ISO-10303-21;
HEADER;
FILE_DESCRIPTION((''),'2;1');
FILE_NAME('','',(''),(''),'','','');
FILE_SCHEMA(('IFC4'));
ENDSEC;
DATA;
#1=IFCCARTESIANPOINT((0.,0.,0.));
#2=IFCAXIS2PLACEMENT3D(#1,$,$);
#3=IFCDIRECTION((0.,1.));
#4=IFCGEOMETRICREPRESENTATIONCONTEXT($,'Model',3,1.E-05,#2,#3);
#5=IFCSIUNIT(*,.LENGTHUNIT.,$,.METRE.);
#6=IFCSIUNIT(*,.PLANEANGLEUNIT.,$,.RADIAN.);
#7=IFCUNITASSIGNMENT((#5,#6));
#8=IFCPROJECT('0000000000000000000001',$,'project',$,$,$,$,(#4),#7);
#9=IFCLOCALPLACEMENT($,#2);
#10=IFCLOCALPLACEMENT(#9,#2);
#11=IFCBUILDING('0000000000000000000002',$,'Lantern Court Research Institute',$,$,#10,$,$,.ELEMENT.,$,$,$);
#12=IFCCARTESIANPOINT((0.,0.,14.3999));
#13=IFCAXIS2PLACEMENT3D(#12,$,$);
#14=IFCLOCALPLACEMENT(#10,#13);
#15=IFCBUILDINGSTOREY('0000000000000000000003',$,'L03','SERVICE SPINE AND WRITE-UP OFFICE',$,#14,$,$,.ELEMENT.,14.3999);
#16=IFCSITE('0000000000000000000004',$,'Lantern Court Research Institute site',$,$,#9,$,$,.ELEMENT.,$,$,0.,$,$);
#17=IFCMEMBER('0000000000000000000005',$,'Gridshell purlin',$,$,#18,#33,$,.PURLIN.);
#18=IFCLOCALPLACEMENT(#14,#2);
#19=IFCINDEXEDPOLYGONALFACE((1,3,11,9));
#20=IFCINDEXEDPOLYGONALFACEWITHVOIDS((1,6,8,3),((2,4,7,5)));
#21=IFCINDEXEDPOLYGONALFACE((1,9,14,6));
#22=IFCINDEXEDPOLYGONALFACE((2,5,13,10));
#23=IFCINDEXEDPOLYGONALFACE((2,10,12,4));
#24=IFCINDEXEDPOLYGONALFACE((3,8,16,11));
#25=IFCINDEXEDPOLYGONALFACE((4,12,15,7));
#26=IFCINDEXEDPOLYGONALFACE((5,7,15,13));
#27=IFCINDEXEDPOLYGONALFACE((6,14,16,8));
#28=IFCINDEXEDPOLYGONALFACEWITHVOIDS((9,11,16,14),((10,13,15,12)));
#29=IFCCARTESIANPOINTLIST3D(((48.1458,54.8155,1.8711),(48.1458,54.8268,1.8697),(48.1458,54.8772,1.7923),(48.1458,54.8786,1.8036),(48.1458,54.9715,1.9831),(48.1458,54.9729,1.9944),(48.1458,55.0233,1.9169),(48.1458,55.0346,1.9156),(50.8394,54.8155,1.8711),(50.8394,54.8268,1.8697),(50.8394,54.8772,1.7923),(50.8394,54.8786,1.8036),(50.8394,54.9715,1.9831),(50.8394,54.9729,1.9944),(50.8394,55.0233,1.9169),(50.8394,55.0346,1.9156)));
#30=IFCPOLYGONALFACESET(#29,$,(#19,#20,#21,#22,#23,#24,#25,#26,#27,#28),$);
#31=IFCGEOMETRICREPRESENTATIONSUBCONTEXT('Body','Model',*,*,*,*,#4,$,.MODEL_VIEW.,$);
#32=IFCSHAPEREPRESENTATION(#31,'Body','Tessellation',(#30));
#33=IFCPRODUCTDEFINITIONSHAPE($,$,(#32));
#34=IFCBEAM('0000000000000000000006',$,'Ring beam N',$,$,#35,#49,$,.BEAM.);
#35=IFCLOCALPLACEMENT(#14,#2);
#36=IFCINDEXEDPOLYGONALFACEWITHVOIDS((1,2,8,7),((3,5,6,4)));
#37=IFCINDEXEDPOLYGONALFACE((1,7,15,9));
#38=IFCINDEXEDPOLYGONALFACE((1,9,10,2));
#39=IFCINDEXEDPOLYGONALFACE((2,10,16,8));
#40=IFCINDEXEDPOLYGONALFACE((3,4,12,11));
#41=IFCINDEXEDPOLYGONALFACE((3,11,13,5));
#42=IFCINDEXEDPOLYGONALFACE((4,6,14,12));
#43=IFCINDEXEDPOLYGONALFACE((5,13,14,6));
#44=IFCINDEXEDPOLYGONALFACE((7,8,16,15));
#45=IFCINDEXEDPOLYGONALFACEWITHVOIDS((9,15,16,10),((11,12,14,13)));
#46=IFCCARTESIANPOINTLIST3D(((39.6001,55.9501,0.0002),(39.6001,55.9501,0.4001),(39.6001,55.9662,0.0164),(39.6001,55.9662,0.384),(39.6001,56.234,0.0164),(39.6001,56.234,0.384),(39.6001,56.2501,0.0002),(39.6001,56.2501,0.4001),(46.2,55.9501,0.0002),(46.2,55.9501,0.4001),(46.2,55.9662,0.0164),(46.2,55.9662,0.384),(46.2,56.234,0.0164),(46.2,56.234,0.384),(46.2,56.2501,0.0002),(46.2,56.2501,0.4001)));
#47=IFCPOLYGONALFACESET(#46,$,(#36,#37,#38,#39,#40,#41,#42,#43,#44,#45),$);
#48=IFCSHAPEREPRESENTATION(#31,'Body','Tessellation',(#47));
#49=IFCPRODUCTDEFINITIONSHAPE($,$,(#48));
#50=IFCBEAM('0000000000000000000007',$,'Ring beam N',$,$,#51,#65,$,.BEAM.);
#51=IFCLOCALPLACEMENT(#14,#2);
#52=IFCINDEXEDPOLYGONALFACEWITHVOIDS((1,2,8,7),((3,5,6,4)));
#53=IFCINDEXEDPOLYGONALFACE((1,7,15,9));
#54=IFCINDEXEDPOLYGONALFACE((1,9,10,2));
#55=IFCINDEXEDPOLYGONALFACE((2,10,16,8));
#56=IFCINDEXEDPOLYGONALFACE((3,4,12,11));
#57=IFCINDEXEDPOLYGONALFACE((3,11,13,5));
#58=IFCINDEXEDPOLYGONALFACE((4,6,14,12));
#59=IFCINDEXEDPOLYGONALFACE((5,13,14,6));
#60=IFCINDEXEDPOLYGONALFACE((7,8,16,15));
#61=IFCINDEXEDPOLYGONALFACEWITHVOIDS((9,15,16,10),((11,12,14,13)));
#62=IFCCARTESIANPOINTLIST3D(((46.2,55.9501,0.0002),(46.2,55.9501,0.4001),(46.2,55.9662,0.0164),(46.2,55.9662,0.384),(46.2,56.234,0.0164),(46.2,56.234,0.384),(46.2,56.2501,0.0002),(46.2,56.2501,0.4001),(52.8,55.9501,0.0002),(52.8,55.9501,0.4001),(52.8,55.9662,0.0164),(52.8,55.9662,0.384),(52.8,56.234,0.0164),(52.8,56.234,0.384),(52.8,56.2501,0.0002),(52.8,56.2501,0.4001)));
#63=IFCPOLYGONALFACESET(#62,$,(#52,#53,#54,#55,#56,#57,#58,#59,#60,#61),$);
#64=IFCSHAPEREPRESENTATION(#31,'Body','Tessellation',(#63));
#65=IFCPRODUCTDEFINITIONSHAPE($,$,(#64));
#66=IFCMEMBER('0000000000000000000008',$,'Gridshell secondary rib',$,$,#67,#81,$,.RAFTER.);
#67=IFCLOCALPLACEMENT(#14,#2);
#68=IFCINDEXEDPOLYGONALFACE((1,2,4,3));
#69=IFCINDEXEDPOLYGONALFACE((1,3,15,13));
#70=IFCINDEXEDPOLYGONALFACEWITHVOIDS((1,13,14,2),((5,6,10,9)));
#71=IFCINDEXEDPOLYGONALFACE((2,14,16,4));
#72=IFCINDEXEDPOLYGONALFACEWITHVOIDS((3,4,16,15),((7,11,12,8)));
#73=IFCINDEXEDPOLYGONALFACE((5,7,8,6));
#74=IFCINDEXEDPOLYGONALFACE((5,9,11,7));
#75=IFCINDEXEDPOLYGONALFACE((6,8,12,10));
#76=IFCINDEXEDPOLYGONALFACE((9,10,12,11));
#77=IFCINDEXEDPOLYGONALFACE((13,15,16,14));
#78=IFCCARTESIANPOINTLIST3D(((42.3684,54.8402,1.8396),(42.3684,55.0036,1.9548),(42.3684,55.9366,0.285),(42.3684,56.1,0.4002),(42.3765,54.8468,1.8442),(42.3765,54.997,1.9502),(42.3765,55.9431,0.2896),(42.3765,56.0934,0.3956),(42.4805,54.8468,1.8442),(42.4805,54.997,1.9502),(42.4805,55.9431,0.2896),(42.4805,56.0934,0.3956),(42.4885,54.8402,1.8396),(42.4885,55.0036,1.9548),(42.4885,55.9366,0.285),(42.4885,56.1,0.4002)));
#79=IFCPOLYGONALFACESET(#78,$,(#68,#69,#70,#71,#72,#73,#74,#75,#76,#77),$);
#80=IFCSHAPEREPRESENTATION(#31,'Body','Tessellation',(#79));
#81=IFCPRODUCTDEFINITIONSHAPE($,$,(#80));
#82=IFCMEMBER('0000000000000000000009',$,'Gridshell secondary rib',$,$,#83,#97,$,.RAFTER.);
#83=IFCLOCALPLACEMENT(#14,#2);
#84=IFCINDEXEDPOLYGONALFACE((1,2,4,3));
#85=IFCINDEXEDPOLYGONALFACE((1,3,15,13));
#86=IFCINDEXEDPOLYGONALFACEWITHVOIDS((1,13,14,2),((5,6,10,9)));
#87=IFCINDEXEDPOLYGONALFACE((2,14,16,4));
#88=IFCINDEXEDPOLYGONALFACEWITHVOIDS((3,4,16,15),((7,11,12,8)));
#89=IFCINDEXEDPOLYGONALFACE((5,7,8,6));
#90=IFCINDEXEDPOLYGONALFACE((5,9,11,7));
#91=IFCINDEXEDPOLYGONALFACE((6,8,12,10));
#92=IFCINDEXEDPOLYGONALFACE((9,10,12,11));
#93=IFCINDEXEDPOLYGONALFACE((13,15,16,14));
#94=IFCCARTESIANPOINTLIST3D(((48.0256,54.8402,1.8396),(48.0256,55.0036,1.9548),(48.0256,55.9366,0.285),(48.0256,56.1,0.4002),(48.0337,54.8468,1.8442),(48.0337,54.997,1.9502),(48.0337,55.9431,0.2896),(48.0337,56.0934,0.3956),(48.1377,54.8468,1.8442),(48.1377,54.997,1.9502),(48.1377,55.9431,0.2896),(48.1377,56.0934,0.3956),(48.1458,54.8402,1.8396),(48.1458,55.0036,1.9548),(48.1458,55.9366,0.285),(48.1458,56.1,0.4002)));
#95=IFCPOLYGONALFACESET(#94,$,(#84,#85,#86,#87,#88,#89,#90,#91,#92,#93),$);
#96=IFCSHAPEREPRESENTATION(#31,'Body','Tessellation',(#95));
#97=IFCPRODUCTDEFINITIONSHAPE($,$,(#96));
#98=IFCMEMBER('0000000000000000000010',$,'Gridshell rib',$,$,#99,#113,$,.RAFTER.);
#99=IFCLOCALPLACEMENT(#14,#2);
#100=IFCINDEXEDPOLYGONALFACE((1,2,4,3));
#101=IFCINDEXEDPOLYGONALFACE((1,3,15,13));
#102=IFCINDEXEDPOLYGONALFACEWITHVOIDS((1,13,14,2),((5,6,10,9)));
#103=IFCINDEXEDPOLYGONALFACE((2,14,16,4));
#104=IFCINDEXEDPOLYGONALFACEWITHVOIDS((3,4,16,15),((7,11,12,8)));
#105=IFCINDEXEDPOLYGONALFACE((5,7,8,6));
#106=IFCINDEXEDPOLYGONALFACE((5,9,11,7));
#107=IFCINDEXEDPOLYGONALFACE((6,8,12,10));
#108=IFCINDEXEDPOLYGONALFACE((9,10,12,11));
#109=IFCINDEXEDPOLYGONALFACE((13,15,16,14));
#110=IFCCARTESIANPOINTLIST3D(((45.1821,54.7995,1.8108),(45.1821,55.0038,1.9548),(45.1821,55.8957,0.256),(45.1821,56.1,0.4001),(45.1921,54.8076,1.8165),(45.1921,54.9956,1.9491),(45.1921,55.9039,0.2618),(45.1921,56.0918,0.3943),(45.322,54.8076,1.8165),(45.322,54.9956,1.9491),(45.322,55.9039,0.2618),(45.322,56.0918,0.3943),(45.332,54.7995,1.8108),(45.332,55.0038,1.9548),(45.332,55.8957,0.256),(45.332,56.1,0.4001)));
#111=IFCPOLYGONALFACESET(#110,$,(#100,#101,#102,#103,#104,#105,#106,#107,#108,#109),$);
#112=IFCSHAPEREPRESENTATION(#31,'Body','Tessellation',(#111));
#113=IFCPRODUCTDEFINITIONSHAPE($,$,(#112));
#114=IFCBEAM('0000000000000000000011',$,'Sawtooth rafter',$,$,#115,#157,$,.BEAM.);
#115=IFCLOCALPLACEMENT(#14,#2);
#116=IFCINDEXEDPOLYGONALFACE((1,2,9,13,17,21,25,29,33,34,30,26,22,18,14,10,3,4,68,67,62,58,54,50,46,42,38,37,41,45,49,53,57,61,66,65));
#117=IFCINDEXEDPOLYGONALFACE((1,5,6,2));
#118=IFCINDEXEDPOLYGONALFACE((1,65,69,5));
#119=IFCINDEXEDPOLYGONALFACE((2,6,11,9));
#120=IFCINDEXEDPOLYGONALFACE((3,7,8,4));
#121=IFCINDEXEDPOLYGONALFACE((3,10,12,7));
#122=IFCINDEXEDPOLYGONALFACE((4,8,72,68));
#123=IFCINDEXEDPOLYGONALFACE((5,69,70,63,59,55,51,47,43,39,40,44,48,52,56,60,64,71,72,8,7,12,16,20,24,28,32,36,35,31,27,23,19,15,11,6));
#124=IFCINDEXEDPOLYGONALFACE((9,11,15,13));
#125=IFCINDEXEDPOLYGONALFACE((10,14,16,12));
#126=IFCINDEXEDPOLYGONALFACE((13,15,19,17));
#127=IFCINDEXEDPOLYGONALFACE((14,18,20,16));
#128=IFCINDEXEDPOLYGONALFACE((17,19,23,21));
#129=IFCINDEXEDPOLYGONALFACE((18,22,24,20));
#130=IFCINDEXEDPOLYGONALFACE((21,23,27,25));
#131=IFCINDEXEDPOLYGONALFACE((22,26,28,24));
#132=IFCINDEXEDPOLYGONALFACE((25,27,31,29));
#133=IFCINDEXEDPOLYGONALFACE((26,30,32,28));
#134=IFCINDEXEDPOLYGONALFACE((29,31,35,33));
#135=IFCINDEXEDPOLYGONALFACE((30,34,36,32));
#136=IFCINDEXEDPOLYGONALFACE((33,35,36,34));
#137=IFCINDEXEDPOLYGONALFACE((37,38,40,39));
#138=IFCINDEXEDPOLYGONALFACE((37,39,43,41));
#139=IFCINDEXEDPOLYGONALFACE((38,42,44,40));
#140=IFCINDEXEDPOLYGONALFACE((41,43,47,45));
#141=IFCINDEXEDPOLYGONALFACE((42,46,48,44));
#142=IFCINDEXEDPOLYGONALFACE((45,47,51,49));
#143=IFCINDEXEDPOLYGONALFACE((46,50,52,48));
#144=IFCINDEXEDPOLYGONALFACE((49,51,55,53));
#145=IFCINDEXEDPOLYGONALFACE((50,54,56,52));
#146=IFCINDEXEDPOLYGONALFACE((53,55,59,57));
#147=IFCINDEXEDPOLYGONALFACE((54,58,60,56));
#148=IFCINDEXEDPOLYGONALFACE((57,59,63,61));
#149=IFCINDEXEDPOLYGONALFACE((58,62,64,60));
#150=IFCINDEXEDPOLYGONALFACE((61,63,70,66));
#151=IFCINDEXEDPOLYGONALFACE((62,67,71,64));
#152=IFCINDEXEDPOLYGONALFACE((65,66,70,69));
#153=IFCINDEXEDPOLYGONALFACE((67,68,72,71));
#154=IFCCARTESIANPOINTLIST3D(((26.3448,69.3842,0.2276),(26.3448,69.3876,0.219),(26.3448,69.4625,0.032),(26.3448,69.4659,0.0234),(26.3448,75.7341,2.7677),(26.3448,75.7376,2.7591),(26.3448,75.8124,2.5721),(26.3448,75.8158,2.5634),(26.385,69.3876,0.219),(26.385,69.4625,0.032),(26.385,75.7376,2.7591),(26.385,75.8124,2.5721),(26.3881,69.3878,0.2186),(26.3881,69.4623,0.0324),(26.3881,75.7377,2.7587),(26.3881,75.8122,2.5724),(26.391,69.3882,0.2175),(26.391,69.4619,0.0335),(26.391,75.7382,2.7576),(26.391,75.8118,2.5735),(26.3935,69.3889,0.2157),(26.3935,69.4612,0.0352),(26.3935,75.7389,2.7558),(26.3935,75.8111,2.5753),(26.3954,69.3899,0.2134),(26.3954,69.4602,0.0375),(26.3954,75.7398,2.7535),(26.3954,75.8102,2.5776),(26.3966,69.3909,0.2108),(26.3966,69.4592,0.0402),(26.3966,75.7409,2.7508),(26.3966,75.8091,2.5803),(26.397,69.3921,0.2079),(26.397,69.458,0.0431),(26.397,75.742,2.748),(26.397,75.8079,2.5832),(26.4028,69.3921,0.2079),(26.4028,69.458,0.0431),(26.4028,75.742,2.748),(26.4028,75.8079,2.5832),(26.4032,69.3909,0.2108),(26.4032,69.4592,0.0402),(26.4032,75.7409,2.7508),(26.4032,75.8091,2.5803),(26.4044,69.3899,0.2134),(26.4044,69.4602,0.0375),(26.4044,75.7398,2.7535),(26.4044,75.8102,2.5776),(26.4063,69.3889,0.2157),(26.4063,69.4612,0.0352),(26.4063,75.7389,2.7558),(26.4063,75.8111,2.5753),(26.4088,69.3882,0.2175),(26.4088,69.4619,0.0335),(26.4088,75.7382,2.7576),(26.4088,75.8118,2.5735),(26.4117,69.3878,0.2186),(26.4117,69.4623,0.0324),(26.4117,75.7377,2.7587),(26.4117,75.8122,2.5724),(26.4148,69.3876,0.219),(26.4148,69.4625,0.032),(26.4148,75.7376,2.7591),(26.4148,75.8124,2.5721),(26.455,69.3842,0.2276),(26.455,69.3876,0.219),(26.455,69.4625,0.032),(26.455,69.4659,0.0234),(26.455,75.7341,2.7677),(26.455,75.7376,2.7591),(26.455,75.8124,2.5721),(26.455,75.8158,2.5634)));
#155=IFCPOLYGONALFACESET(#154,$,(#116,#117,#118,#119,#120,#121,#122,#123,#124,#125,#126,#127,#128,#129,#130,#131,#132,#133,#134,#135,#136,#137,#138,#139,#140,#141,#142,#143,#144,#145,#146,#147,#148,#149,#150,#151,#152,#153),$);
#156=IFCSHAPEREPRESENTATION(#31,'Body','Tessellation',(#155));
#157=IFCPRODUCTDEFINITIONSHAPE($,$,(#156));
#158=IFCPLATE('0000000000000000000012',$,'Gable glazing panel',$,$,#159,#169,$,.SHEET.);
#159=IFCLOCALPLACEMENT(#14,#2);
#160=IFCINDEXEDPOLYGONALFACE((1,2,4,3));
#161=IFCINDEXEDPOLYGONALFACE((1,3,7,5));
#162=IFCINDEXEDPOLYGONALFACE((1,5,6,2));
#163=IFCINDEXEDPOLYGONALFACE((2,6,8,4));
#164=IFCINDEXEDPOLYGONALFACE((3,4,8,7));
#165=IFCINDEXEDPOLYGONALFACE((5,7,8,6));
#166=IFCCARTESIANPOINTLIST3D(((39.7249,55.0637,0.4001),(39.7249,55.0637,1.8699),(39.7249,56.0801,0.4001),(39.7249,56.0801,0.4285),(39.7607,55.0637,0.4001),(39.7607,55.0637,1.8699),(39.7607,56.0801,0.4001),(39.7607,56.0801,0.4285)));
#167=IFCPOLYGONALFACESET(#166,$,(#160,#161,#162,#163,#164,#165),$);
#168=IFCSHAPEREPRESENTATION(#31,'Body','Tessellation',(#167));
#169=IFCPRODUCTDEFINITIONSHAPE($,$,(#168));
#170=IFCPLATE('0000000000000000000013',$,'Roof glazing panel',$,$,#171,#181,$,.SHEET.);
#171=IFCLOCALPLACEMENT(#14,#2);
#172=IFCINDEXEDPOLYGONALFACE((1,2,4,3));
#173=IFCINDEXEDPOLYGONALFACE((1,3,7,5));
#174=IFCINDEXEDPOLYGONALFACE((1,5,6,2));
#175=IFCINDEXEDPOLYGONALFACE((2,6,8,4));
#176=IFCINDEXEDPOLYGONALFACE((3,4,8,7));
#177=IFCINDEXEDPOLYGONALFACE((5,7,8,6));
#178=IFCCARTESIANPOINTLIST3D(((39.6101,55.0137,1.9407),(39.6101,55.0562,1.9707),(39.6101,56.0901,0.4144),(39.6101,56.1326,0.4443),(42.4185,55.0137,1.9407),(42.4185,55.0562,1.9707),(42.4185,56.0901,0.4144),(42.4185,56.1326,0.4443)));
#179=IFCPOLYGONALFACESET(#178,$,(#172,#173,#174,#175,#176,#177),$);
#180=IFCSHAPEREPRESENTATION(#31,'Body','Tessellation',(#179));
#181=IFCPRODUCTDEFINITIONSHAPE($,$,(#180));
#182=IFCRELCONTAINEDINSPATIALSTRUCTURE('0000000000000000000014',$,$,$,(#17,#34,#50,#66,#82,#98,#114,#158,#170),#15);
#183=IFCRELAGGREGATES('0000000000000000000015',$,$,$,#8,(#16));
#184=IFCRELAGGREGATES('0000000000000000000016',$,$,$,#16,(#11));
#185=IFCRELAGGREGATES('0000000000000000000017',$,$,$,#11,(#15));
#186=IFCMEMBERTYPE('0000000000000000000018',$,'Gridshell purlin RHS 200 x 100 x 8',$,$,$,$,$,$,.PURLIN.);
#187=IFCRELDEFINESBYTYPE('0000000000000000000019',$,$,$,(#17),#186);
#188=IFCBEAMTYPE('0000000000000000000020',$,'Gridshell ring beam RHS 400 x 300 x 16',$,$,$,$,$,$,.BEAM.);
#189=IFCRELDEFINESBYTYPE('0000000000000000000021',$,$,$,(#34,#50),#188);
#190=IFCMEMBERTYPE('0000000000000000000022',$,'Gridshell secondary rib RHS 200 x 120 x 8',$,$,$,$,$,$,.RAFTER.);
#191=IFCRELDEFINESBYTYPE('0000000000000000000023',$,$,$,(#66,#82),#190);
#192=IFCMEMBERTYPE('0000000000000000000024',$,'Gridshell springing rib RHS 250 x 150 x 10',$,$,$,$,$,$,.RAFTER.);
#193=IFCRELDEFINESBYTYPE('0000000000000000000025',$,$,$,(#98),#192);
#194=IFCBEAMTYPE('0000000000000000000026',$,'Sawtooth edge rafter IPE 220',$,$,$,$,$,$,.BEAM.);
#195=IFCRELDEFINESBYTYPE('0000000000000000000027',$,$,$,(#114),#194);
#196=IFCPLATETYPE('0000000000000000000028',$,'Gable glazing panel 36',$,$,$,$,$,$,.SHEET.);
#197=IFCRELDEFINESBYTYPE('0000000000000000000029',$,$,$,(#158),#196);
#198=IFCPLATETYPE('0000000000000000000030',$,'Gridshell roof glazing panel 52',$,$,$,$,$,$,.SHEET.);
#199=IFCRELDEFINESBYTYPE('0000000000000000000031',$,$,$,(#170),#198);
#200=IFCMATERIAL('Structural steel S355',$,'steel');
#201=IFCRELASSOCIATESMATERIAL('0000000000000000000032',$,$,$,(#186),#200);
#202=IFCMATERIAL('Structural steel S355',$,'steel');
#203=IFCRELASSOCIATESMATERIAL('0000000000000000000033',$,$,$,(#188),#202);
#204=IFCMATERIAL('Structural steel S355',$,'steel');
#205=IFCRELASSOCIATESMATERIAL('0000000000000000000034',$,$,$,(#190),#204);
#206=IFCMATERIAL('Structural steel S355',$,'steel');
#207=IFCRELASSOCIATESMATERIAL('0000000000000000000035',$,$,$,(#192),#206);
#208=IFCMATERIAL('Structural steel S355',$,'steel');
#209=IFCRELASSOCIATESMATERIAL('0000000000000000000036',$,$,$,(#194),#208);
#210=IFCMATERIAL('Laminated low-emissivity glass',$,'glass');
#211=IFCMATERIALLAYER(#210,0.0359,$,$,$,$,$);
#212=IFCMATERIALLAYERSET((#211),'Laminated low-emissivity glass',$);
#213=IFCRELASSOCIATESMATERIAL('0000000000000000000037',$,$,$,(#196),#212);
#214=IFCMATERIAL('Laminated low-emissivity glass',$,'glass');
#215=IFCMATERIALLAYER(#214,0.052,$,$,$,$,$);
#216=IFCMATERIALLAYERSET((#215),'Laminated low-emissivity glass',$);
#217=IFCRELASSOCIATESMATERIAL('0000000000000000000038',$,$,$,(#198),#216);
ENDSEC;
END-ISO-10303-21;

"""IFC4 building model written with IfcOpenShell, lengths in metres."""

from ifc_helpers import new_model, si_unit, direction, frame, origin, origin_2d, place, context, subcontext, project, spatial, polyline, hollow_rectangle, i_section, outline, extrude, material, layer, layer_set, material_profile, profile_set, type_object, element, save


model = new_model("IFC4")

# Units and contexts
model_context = context("Model", 3, precision=1e-05, world=origin(), true_north=direction((0.0, 1.0)))
body_context = subcontext(model_context, "Body", "Model", "MODEL_VIEW")
ifc_project = project(units=[si_unit("LENGTHUNIT", "METRE"), si_unit("PLANEANGLEUNIT", "RADIAN")], contexts=[model_context])

# Site, building, storey
site_placement = place(None, origin())
site = spatial("IfcSite", under=ifc_project, at=site_placement, Name="Lantern Court Research Institute site", CompositionType="ELEMENT", RefElevation=0.0)
building_placement = place(site_placement, origin())
building = spatial("IfcBuilding", under=site, at=building_placement, Name="Lantern Court Research Institute", CompositionType="ELEMENT")
storey_placement = place(building_placement, frame((0.0, 0.0, 14.3999)))
storey = spatial("IfcBuildingStorey", under=building, at=storey_placement, Name="L03", Description="SERVICE SPINE AND WRITE-UP OFFICE", CompositionType="ELEMENT", Elevation=14.3999)

# Member
ifc_material_1 = material(Name="Structural steel S355", Category="steel")
ifc_material_profile_1 = material_profile(ifc_material_1, hollow_rectangle(XDim=0.1001, YDim=0.2, WallThickness=0.0081, at=origin_2d()), Name="Gridshell purlin RHS 200 x 100 x 8")
ifc_profile_set_1 = profile_set([ifc_material_profile_1], Name="Structural steel S355")
member_type_1 = type_object("IfcMemberType", Name="Gridshell purlin RHS 200 x 100 x 8", PredefinedType="PURLIN", material=ifc_profile_set_1)
for number, where, z_axis, x_axis, name in (
    (1, (48.1458, 54.925, 1.8933), (1.0, 0.0, 0.0), (0.0, 0.616657, -0.787232), "Gridshell purlin"),
):
    element("IfcMember", number, at=place(storey_placement, frame(where, z_axis=z_axis, x_axis=x_axis)), inside=storey, type_object=member_type_1, Name=name, PredefinedType="PURLIN", context=body_context, shape_type="SweptSolid", body=[
        extrude(hollow_rectangle(XDim=0.1001, YDim=0.2, WallThickness=0.0081, at=origin_2d()), origin(), (0.0, 0.0, 1.0), 2.6936),
    ])

# Beams
ifc_material_2 = material(Name="Structural steel S355", Category="steel")
ifc_material_profile_2 = material_profile(ifc_material_2, hollow_rectangle(XDim=0.3, YDim=0.3999, WallThickness=0.0161, at=origin_2d()), Name="Gridshell ring beam RHS 400 x 300 x 16")
ifc_profile_set_2 = profile_set([ifc_material_profile_2], Name="Structural steel S355")
beam_type_1 = type_object("IfcBeamType", Name="Gridshell ring beam RHS 400 x 300 x 16", PredefinedType="BEAM", material=ifc_profile_set_2)
beam_1_placement = place(storey_placement, frame((39.6001, 56.1001, 0.2002), z_axis=(1.0, 0.0, 0.0), x_axis=(0.0, 1.0, 0.0)))
element("IfcBeam", 2, at=beam_1_placement, inside=storey, type_object=beam_type_1, Name="Ring beam N", PredefinedType="BEAM", context=body_context, shape_type="SweptSolid", body=[
    extrude(hollow_rectangle(XDim=0.3, YDim=0.3999, WallThickness=0.0161, at=origin_2d()), origin(), (0.0, 0.0, 1.0), 6.5999),
])
beam_2_placement = place(storey_placement, frame((46.2, 56.1001, 0.2002), z_axis=(1.0, 0.0, 0.0), x_axis=(0.0, 1.0, 0.0)))
element("IfcBeam", 3, at=beam_2_placement, inside=storey, type_object=beam_type_1, Name="Ring beam N", PredefinedType="BEAM", context=body_context, shape_type="SweptSolid", body=[
    extrude(hollow_rectangle(XDim=0.3, YDim=0.3999, WallThickness=0.0161, at=origin_2d()), origin(), (0.0, 0.0, 1.0), 6.6001),
])

# Members
ifc_material_3 = material(Name="Structural steel S355", Category="steel")
ifc_material_profile_3 = material_profile(ifc_material_3, hollow_rectangle(XDim=0.1201, YDim=0.2, WallThickness=0.0081, at=origin_2d()), Name="Gridshell secondary rib RHS 200 x 120 x 8")
ifc_profile_set_3 = profile_set([ifc_material_profile_3], Name="Structural steel S355")
member_type_2 = type_object("IfcMemberType", Name="Gridshell secondary rib RHS 200 x 120 x 8", PredefinedType="RAFTER", material=ifc_profile_set_3)
for number, where, z_axis, x_axis, name in (
    (4, (42.4285, 54.9219, 1.8972), (0.0, 0.576335, -0.817213), (-1.0, 0.0, 0.0), "Gridshell secondary rib"),
    (5, (48.0857, 54.9219, 1.8972), (0.0, 0.576335, -0.817213), (-1.0, 0.0, 0.0), "Gridshell secondary rib"),
):
    element("IfcMember", number, at=place(storey_placement, frame(where, z_axis=z_axis, x_axis=x_axis)), inside=storey, type_object=member_type_2, Name=name, PredefinedType="RAFTER", context=body_context, shape_type="SweptSolid", body=[
        extrude(hollow_rectangle(XDim=0.1201, YDim=0.2, WallThickness=0.0081, at=origin_2d()), origin(), (0.0, 0.0, 1.0), 1.9023),
    ])
ifc_material_4 = material(Name="Structural steel S355", Category="steel")
ifc_material_profile_4 = material_profile(ifc_material_4, hollow_rectangle(XDim=0.1499, YDim=0.25, WallThickness=0.01, at=origin_2d()), Name="Gridshell springing rib RHS 250 x 150 x 10")
ifc_profile_set_4 = profile_set([ifc_material_profile_4], Name="Structural steel S355")
member_type_3 = type_object("IfcMemberType", Name="Gridshell springing rib RHS 250 x 150 x 10", PredefinedType="RAFTER", material=ifc_profile_set_4)
member_1_placement = place(storey_placement, frame((45.2571, 54.9016, 1.8828), z_axis=(0.0, 0.57625, -0.817274), x_axis=(-1.0, 0.0, 0.0)))
element("IfcMember", 6, at=member_1_placement, inside=storey, type_object=member_type_3, Name="Gridshell rib", PredefinedType="RAFTER", context=body_context, shape_type="SweptSolid", body=[
    extrude(hollow_rectangle(XDim=0.1499, YDim=0.25, WallThickness=0.01, at=origin_2d()), origin(), (0.0, 0.0, 1.0), 1.9023),
])

# Beam
ifc_material_5 = material(Name="Structural steel S355", Category="steel")
ifc_material_profile_5 = material_profile(ifc_material_5, i_section(OverallWidth=0.1101, OverallDepth=0.22, WebThickness=0.0059, FlangeThickness=0.0093, FilletRadius=0.012, at=origin_2d()), Name="IPE 220")
ifc_profile_set_5 = profile_set([ifc_material_profile_5], Name="Structural steel S355")
beam_type_2 = type_object("IfcBeamType", Name="Sawtooth edge rafter IPE 220", PredefinedType="BEAM", material=ifc_profile_set_5)
beam_3_placement = place(storey_placement, frame((26.3999, 69.425, 0.1255), z_axis=(0.0, 0.928472, 0.371403), x_axis=(-1.0, 0.0, 0.0)))
element("IfcBeam", 7, at=beam_3_placement, inside=storey, type_object=beam_type_2, Name="Sawtooth rafter", PredefinedType="BEAM", context=body_context, shape_type="SweptSolid", body=[
    extrude(i_section(OverallWidth=0.1101, OverallDepth=0.22, WebThickness=0.0059, FlangeThickness=0.0093, FilletRadius=0.012, at=origin_2d()), origin(), (0.0, 0.0, 1.0), 6.8391),
])

# Plates
ifc_material_6 = material(Name="Laminated low-emissivity glass", Category="glass")
ifc_layer_1 = layer(ifc_material_6, 0.0359)
ifc_layer_set_1 = layer_set([ifc_layer_1], Name="Laminated low-emissivity glass")
plate_type_1 = type_object("IfcPlateType", Name="Gable glazing panel 36", PredefinedType="SHEET", material=ifc_layer_set_1)
plate_1_placement = place(storey_placement, frame((39.7429, 55.0637, 0.4001), z_axis=(0.0, 0.0, 1.0), x_axis=(0.0, 1.0, 0.0)))
element("IfcPlate", 8, at=plate_1_placement, inside=storey, type_object=plate_type_1, Name="Gable glazing panel", PredefinedType="SHEET", context=body_context, shape_type="SweptSolid", body=[
    extrude(outline(polyline([(0.0, 0.0), (1.0164, 0.0), (1.0164, 0.0283), (0.0, 1.4697), (0.0, 0.0)])), frame((0.0, 0.0181, 0.0), z_axis=(0.0, -1.0, 0.0), x_axis=(1.0, 0.0, 0.0)), (0.0, 0.0, 1.0), 0.0359),
])
ifc_material_7 = material(Name="Laminated low-emissivity glass", Category="glass")
ifc_layer_2 = layer(ifc_material_7, 0.052)
ifc_layer_set_2 = layer_set([ifc_layer_2], Name="Laminated low-emissivity glass")
plate_type_2 = type_object("IfcPlateType", Name="Gridshell roof glazing panel 52", PredefinedType="SHEET", material=ifc_layer_set_2)
plate_2_placement = place(storey_placement, frame((42.4185, 55.0562, 1.9707), z_axis=(0.0, 0.817225, 0.576319), x_axis=(-1.0, 0.0, 0.0)))
element("IfcPlate", 9, at=plate_2_placement, inside=storey, type_object=plate_type_2, Name="Roof glazing panel", PredefinedType="SHEET", context=body_context, shape_type="SweptSolid", body=[
    extrude(outline(polyline([(0.0, 0.0), (2.8083, 0.0), (2.8083, -1.8677), (0.0, -1.8677), (0.0, 0.0)])), origin(), (0.0, 0.0, -1.0), 0.052),
])

save(model, "model.ifc")
